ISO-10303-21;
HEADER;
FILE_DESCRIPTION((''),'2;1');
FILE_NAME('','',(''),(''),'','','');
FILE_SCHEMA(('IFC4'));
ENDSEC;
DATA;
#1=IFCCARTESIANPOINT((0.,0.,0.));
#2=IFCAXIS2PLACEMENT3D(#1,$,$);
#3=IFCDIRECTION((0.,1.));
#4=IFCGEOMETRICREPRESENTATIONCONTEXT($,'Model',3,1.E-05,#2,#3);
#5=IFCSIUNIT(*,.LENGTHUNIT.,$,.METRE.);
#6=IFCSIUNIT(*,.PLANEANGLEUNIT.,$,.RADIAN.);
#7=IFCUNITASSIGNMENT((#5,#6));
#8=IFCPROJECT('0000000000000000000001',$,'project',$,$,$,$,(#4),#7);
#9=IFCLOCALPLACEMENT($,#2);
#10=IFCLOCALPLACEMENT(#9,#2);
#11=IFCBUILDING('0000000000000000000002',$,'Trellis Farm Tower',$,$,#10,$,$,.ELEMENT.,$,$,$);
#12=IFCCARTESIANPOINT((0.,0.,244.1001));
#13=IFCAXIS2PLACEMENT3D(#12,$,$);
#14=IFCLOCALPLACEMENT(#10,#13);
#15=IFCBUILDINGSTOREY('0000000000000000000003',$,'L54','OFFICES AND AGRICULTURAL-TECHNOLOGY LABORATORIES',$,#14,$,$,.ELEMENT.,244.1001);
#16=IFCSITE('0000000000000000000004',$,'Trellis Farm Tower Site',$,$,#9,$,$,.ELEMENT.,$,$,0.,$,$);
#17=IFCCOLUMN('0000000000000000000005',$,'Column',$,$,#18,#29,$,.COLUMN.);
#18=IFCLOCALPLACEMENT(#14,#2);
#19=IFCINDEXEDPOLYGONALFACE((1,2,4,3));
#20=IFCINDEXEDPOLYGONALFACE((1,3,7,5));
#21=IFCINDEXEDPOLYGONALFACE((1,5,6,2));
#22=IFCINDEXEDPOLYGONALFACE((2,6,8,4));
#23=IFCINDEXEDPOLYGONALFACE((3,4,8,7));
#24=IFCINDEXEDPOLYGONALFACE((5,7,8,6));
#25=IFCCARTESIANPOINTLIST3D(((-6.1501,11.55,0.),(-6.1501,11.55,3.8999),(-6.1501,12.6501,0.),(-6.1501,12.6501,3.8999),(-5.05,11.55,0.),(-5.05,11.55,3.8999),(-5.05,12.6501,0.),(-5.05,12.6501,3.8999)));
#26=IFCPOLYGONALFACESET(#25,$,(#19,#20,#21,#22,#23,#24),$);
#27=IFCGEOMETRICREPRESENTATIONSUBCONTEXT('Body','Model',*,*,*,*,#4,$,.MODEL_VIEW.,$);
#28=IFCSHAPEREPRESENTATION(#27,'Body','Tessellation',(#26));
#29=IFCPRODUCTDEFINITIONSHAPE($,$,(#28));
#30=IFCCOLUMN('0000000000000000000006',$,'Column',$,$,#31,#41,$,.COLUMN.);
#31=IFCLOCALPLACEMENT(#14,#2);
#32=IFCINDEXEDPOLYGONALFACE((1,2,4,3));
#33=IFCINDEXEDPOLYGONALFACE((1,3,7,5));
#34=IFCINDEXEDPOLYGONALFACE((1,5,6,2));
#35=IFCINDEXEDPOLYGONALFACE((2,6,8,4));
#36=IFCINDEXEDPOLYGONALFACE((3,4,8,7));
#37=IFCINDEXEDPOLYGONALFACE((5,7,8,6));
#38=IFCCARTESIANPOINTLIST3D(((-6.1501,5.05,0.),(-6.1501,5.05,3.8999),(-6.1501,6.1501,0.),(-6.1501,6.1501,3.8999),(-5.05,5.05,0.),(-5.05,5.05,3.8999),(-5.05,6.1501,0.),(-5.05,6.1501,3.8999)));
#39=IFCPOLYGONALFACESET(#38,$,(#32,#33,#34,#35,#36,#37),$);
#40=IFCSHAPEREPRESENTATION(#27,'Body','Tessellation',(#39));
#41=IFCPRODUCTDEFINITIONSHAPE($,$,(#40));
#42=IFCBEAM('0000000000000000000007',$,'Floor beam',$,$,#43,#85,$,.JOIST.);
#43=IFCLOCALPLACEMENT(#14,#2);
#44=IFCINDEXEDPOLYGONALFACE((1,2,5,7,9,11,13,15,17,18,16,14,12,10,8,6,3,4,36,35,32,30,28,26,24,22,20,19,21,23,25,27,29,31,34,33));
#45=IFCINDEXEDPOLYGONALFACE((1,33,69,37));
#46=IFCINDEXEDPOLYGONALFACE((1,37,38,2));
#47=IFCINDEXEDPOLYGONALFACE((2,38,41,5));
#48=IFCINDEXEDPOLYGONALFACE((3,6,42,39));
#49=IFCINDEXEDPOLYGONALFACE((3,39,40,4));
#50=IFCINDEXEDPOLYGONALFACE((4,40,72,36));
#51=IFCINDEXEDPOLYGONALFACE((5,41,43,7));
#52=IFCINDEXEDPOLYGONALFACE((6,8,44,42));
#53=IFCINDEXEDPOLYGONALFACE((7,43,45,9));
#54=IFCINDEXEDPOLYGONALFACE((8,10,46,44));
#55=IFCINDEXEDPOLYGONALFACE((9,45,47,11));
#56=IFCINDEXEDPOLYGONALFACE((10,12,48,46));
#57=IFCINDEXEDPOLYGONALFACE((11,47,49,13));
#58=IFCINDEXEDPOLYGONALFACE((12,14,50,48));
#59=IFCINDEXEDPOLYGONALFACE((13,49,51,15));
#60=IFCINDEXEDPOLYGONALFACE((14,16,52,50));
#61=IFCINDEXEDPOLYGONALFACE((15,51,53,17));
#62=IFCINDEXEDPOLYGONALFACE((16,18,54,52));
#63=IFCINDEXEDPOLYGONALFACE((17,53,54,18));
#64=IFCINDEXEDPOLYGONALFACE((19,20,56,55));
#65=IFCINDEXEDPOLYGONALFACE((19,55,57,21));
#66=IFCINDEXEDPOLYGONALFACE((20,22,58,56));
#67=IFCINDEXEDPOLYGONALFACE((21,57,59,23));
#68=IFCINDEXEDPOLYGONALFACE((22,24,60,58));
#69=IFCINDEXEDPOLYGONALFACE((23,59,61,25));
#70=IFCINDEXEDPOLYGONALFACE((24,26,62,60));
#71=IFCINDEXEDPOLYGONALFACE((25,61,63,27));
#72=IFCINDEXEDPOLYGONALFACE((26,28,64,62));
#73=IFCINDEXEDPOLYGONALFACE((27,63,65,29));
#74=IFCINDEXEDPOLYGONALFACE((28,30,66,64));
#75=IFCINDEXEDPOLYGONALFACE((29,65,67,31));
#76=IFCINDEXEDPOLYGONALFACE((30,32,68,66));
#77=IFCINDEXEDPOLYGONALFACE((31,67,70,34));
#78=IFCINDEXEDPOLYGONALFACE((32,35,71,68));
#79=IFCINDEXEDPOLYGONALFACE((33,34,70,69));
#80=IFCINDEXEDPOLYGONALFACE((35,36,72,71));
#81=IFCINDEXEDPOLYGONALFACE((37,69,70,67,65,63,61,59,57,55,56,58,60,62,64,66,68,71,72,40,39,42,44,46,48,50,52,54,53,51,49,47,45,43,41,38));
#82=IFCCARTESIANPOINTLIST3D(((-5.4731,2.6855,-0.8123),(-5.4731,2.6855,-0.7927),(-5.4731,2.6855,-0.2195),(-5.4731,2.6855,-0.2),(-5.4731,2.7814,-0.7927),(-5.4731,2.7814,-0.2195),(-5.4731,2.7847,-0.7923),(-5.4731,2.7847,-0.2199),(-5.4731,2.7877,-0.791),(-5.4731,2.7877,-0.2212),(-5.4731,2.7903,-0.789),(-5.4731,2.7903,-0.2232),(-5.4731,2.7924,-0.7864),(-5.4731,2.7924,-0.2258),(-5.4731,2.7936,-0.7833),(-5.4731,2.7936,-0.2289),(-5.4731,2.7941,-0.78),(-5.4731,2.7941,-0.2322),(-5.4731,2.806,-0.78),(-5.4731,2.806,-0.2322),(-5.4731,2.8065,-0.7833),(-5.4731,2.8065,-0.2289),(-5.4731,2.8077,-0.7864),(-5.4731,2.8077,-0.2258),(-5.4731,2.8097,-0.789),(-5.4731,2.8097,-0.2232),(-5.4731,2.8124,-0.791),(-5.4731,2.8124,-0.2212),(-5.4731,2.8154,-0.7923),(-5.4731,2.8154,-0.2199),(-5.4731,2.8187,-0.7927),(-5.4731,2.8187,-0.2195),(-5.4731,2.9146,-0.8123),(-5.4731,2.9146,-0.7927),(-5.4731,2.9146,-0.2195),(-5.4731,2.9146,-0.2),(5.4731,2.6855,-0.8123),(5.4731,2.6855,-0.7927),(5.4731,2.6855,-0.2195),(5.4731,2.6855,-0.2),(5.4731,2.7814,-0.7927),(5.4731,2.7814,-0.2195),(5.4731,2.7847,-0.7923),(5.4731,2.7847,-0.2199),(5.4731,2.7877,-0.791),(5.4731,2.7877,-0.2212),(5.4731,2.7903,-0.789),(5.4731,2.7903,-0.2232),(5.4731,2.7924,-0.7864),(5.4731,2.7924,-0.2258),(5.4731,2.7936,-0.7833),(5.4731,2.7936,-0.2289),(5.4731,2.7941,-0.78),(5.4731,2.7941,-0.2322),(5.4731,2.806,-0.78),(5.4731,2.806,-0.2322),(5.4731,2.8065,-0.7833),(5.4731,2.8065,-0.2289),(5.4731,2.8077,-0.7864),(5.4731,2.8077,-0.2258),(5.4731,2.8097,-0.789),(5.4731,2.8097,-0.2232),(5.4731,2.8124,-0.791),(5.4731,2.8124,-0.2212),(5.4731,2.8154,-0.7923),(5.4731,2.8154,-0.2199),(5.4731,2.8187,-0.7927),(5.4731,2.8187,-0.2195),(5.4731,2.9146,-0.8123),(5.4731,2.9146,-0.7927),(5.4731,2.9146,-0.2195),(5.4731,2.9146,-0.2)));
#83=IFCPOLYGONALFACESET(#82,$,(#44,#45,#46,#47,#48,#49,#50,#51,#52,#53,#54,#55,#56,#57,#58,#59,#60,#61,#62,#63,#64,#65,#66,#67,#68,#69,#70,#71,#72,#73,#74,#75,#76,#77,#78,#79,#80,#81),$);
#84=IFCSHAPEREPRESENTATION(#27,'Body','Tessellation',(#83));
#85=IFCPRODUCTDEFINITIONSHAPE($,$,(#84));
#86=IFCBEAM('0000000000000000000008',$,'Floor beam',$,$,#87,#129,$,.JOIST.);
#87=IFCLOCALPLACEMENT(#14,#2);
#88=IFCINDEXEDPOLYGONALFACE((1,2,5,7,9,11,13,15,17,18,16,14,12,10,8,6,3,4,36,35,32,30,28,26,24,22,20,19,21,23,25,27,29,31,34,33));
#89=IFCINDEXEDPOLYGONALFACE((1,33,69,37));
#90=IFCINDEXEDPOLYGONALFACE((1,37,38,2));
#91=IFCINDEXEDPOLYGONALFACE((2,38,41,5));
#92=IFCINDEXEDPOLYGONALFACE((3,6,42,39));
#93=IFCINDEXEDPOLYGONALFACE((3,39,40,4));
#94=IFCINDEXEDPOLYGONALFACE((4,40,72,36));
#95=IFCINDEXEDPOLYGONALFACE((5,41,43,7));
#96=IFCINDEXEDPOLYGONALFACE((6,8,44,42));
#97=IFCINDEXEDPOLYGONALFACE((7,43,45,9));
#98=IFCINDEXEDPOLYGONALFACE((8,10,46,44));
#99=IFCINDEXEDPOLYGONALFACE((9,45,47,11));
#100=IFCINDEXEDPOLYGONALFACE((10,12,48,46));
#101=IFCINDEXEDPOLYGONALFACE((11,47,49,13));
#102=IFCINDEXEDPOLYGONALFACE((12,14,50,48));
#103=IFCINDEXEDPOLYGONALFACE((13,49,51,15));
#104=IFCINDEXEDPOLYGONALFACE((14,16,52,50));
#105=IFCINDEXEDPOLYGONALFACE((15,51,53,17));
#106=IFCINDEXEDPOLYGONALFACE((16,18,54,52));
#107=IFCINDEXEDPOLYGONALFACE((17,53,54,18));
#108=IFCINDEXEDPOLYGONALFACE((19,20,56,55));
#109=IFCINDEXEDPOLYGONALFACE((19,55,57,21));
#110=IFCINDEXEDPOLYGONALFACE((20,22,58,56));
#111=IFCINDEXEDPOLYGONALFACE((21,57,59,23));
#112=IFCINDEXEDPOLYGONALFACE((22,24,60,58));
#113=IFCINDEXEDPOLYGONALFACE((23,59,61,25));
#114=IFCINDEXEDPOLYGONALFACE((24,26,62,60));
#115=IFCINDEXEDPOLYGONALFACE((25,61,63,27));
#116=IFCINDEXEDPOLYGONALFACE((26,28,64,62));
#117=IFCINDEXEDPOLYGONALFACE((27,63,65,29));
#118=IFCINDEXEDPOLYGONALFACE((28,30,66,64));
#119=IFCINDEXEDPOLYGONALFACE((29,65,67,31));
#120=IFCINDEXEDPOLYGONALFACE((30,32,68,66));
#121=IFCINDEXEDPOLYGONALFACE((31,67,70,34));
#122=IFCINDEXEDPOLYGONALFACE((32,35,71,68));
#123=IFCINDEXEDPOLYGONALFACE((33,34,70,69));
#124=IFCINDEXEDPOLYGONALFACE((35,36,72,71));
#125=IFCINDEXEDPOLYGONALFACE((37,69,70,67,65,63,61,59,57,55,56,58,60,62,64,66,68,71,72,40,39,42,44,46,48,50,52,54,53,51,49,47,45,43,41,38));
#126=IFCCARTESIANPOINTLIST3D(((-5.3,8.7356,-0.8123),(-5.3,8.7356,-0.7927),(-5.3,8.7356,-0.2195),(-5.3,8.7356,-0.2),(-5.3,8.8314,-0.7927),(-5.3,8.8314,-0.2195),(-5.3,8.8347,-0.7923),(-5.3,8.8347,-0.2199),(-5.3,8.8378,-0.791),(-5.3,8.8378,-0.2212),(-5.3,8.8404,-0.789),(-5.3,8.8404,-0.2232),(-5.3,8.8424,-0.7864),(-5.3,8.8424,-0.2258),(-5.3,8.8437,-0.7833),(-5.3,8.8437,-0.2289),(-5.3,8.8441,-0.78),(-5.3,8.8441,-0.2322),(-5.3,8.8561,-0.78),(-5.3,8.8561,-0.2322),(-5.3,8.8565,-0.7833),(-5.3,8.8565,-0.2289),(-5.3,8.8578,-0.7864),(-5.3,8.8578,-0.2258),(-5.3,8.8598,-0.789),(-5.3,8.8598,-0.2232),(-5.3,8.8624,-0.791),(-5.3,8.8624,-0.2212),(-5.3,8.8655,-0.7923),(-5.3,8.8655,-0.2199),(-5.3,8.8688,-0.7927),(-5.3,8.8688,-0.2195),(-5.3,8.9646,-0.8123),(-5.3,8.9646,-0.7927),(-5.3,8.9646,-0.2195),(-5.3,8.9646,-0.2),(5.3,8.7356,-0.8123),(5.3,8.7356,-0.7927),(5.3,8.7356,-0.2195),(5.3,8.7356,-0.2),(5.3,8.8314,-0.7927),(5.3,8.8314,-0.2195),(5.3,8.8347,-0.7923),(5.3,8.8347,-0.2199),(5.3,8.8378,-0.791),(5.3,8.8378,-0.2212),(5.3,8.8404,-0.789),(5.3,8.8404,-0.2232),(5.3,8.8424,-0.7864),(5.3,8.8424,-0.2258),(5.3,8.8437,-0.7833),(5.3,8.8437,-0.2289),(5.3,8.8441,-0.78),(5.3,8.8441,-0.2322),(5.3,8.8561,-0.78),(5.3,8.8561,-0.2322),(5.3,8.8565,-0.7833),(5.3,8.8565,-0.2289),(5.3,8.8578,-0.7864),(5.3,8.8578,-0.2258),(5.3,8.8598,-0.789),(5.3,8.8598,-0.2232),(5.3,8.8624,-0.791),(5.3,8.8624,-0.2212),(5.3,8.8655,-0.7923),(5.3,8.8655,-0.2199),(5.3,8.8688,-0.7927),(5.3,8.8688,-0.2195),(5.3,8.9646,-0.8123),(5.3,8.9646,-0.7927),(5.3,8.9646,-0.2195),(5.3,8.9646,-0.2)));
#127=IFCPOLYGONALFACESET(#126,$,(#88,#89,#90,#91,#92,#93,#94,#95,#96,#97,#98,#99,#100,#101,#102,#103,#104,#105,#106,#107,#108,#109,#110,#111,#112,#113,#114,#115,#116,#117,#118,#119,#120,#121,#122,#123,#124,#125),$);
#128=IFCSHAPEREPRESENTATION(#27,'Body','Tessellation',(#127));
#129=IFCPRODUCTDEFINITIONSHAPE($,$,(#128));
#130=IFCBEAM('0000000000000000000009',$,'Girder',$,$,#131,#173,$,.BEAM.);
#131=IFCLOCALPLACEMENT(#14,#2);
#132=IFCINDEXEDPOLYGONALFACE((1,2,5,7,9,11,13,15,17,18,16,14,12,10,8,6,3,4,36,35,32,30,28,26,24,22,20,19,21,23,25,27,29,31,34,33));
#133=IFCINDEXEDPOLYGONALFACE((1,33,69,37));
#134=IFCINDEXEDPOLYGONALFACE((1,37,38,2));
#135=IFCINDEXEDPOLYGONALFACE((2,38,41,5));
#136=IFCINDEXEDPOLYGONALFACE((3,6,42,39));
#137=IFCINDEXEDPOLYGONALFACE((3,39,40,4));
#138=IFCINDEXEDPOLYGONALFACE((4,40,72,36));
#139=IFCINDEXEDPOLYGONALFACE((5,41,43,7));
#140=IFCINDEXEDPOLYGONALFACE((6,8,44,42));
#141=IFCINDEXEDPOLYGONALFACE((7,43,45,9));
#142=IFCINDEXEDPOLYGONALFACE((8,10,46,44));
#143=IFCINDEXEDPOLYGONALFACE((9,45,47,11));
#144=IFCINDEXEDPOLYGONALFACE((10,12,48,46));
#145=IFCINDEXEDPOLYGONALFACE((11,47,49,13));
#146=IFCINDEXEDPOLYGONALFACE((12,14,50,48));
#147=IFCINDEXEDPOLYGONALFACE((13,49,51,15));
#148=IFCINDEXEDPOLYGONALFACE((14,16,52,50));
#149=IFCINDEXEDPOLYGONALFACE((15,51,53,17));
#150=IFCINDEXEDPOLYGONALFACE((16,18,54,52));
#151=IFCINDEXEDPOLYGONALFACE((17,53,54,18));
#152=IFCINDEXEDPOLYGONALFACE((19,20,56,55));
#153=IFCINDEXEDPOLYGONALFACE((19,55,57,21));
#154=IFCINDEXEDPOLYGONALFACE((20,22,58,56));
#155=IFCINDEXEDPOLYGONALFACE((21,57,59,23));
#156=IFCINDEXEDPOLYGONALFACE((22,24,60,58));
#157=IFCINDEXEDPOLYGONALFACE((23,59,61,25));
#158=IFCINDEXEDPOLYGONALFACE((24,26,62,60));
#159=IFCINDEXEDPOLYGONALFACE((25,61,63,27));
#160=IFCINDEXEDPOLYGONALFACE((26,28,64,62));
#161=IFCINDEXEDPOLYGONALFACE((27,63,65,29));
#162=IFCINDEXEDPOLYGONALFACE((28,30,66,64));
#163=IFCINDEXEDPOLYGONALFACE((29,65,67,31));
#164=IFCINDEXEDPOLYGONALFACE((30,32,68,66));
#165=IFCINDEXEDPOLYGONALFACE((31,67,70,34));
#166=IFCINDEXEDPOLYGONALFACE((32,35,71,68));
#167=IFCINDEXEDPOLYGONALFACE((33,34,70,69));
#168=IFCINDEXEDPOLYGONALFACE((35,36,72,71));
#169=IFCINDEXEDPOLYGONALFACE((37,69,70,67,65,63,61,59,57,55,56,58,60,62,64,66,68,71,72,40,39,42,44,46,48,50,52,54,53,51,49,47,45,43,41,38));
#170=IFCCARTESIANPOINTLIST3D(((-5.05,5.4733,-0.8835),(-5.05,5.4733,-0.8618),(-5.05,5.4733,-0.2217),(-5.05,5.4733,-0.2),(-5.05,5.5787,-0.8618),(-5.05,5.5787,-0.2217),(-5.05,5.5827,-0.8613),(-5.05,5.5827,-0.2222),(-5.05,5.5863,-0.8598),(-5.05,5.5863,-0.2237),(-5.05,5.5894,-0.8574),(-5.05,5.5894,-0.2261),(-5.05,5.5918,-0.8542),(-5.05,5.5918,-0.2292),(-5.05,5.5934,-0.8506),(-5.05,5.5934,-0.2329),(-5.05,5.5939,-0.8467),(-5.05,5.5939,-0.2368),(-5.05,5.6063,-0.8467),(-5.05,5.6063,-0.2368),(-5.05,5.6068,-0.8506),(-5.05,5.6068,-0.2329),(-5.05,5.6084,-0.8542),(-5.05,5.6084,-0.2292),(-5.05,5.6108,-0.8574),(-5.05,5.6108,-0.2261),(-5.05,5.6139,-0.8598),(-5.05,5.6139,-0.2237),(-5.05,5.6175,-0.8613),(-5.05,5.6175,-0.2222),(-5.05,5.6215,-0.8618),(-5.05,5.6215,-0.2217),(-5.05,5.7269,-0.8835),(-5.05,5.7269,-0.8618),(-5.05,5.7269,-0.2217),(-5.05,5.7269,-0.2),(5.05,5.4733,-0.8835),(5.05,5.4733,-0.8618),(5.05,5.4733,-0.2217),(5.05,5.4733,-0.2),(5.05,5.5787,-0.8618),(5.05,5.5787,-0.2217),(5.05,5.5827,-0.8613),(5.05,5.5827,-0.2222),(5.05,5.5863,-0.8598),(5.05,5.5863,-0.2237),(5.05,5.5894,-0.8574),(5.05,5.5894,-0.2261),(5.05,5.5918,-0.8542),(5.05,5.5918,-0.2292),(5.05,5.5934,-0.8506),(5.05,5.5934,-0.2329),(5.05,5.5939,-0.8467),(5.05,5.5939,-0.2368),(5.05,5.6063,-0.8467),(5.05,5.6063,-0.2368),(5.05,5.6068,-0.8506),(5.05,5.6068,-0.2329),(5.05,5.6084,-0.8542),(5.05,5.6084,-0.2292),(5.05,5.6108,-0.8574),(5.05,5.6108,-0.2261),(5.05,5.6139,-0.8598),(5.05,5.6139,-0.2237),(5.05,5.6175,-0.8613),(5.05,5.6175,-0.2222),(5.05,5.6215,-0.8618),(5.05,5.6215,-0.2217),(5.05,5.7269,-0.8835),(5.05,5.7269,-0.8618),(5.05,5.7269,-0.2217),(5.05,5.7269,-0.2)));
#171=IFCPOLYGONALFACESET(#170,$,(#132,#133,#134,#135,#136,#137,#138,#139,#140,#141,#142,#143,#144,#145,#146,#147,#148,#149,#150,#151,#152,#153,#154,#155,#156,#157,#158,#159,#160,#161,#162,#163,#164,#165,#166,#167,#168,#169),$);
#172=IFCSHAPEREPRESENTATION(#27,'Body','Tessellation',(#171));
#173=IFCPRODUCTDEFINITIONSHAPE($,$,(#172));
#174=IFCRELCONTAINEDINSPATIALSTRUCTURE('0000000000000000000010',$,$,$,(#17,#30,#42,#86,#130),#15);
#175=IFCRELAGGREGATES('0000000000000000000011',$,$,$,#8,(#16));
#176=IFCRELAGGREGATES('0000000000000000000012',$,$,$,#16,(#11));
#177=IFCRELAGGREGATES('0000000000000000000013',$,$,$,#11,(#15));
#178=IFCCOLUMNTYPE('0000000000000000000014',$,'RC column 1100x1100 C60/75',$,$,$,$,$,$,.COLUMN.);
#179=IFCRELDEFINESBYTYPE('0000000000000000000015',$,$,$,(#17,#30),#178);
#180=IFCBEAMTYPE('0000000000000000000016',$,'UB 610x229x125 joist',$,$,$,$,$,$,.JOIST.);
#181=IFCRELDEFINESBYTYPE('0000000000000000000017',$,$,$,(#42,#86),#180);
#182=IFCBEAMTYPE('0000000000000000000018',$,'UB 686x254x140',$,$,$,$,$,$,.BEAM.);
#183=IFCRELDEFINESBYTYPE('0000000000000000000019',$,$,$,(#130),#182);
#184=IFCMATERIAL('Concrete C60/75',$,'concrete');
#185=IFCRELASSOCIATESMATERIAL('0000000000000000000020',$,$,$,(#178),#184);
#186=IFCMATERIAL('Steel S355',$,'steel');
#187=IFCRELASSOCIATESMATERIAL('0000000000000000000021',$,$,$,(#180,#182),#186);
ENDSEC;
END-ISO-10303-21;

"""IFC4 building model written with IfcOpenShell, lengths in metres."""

from ifc_helpers import new_model, si_unit, direction, frame, origin, origin_2d, place, context, subcontext, project, spatial, rectangle, i_section, extrude, source, transform, mapped, material, material_profile, profile_set, type_object, element, save


model = new_model("IFC4")

# Units and contexts
model_context = context("Model", 3, precision=1e-05, world=origin(), true_north=direction((0.0, 1.0)))
body_context = subcontext(model_context, "Body", "Model", "MODEL_VIEW")
ifc_project = project(units=[si_unit("LENGTHUNIT", "METRE"), si_unit("PLANEANGLEUNIT", "RADIAN")], contexts=[model_context])

# Site, building, storey
site_placement = place(None, origin())
site = spatial("IfcSite", under=ifc_project, at=site_placement, Name="Trellis Farm Tower Site", CompositionType="ELEMENT", RefElevation=0.0)
building_placement = place(site_placement, origin())
building = spatial("IfcBuilding", under=site, at=building_placement, Name="Trellis Farm Tower", CompositionType="ELEMENT")
storey_placement = place(building_placement, frame((0.0, 0.0, 244.1001)))
storey = spatial("IfcBuildingStorey", under=building, at=storey_placement, Name="L54", Description="OFFICES AND AGRICULTURAL-TECHNOLOGY LABORATORIES", CompositionType="ELEMENT", Elevation=244.1001)

# Columns
ifc_material_1 = material(Name="Concrete C60/75", Category="concrete")
ifc_material_profile_1 = material_profile(ifc_material_1, rectangle(XDim=1.1001, YDim=1.1001, at=origin_2d()), Name="RC column 1100x1100 C60/75")
ifc_profile_set_1 = profile_set([ifc_material_profile_1], Name="Concrete C60/75")
column_type = type_object("IfcColumnType", Name="RC column 1100x1100 C60/75", PredefinedType="COLUMN", material=ifc_profile_set_1)
shared_shape_1 = source(origin(), body_context, "Body", "SweptSolid", [
    extrude(rectangle(XDim=1.1001, YDim=1.1001, at=origin_2d()), origin(), (0.0, 0.0, 1.0), 3.8999),
])
for number, where, z_axis, x_axis, name in (
    (1, (-5.6001, 12.1001, 0.0), (0.0, 0.0, 1.0), (1.0, 0.0, 0.0), "Column"),
    (2, (-5.6001, 5.6001, 0.0), (0.0, 0.0, 1.0), (1.0, 0.0, 0.0), "Column"),
):
    element("IfcColumn", number, at=place(storey_placement, frame(where, z_axis=z_axis, x_axis=x_axis)), inside=storey, type_object=column_type, Name=name, PredefinedType="COLUMN", context=body_context, shape_type="MappedRepresentation", body=[
        mapped(shared_shape_1, transform((0.0, 0.0, 0.0))),
    ])

# Beams
ifc_material_2 = material(Name="Steel S355", Category="steel")
ifc_material_profile_2 = material_profile(ifc_material_2, i_section(OverallWidth=0.229, OverallDepth=0.6123, WebThickness=0.012, FlangeThickness=0.0195, FilletRadius=0.0127, at=origin_2d()), Name="UB 610x229x125")
ifc_profile_set_2 = profile_set([ifc_material_profile_2], Name="Steel S355")
beam_type_1 = type_object("IfcBeamType", Name="UB 610x229x125 joist", PredefinedType="JOIST", material=ifc_profile_set_2)
shared_shape_2 = source(origin(), body_context, "Body", "SweptSolid", [
    extrude(i_section(OverallWidth=0.229, OverallDepth=0.6123, WebThickness=0.012, FlangeThickness=0.0195, FilletRadius=0.0127, at=origin_2d()), origin(), (0.0, 0.0, 1.0), 10.9463),
])
beam_1_placement = place(storey_placement, frame((-5.4731, 2.8, -0.5061), z_axis=(1.0, 0.0, 0.0), x_axis=(0.0, 1.0, 0.0)))
element("IfcBeam", 3, at=beam_1_placement, inside=storey, type_object=beam_type_1, Name="Floor beam", PredefinedType="JOIST", context=body_context, shape_type="MappedRepresentation", body=[
    mapped(shared_shape_2, transform((0.0, 0.0, 0.0))),
])
shared_shape_3 = source(origin(), body_context, "Body", "SweptSolid", [
    extrude(i_section(OverallWidth=0.229, OverallDepth=0.6123, WebThickness=0.012, FlangeThickness=0.0195, FilletRadius=0.0127, at=origin_2d()), origin(), (0.0, 0.0, 1.0), 10.6001),
])
beam_2_placement = place(storey_placement, frame((-5.3, 8.8501, -0.5061), z_axis=(1.0, 0.0, 0.0), x_axis=(0.0, 1.0, 0.0)))
element("IfcBeam", 4, at=beam_2_placement, inside=storey, type_object=beam_type_1, Name="Floor beam", PredefinedType="JOIST", context=body_context, shape_type="MappedRepresentation", body=[
    mapped(shared_shape_3, transform((0.0, 0.0, 0.0))),
])
ifc_material_profile_3 = material_profile(ifc_material_2, i_section(OverallWidth=0.2537, OverallDepth=0.6836, WebThickness=0.0125, FlangeThickness=0.0217, FilletRadius=0.0151, at=origin_2d()), Name="UB 686x254x140")
ifc_profile_set_3 = profile_set([ifc_material_profile_3], Name="Steel S355")
beam_type_2 = type_object("IfcBeamType", Name="UB 686x254x140", PredefinedType="BEAM", material=ifc_profile_set_3)
shared_shape_4 = source(origin(), body_context, "Body", "SweptSolid", [
    extrude(i_section(OverallWidth=0.2537, OverallDepth=0.6836, WebThickness=0.0125, FlangeThickness=0.0217, FilletRadius=0.0151, at=origin_2d()), origin(), (0.0, 0.0, 1.0), 10.1001),
])
for number, where, z_axis, x_axis, name in (
    (5, (-5.05, 5.6001, -0.5417), (1.0, 0.0, 0.0), (0.0, 1.0, 0.0), "Girder"),
):
    element("IfcBeam", number, at=place(storey_placement, frame(where, z_axis=z_axis, x_axis=x_axis)), inside=storey, type_object=beam_type_2, Name=name, PredefinedType="BEAM", context=body_context, shape_type="MappedRepresentation", body=[
        mapped(shared_shape_4, transform((0.0, 0.0, 0.0))),
    ])

save(model, "model.ifc")
